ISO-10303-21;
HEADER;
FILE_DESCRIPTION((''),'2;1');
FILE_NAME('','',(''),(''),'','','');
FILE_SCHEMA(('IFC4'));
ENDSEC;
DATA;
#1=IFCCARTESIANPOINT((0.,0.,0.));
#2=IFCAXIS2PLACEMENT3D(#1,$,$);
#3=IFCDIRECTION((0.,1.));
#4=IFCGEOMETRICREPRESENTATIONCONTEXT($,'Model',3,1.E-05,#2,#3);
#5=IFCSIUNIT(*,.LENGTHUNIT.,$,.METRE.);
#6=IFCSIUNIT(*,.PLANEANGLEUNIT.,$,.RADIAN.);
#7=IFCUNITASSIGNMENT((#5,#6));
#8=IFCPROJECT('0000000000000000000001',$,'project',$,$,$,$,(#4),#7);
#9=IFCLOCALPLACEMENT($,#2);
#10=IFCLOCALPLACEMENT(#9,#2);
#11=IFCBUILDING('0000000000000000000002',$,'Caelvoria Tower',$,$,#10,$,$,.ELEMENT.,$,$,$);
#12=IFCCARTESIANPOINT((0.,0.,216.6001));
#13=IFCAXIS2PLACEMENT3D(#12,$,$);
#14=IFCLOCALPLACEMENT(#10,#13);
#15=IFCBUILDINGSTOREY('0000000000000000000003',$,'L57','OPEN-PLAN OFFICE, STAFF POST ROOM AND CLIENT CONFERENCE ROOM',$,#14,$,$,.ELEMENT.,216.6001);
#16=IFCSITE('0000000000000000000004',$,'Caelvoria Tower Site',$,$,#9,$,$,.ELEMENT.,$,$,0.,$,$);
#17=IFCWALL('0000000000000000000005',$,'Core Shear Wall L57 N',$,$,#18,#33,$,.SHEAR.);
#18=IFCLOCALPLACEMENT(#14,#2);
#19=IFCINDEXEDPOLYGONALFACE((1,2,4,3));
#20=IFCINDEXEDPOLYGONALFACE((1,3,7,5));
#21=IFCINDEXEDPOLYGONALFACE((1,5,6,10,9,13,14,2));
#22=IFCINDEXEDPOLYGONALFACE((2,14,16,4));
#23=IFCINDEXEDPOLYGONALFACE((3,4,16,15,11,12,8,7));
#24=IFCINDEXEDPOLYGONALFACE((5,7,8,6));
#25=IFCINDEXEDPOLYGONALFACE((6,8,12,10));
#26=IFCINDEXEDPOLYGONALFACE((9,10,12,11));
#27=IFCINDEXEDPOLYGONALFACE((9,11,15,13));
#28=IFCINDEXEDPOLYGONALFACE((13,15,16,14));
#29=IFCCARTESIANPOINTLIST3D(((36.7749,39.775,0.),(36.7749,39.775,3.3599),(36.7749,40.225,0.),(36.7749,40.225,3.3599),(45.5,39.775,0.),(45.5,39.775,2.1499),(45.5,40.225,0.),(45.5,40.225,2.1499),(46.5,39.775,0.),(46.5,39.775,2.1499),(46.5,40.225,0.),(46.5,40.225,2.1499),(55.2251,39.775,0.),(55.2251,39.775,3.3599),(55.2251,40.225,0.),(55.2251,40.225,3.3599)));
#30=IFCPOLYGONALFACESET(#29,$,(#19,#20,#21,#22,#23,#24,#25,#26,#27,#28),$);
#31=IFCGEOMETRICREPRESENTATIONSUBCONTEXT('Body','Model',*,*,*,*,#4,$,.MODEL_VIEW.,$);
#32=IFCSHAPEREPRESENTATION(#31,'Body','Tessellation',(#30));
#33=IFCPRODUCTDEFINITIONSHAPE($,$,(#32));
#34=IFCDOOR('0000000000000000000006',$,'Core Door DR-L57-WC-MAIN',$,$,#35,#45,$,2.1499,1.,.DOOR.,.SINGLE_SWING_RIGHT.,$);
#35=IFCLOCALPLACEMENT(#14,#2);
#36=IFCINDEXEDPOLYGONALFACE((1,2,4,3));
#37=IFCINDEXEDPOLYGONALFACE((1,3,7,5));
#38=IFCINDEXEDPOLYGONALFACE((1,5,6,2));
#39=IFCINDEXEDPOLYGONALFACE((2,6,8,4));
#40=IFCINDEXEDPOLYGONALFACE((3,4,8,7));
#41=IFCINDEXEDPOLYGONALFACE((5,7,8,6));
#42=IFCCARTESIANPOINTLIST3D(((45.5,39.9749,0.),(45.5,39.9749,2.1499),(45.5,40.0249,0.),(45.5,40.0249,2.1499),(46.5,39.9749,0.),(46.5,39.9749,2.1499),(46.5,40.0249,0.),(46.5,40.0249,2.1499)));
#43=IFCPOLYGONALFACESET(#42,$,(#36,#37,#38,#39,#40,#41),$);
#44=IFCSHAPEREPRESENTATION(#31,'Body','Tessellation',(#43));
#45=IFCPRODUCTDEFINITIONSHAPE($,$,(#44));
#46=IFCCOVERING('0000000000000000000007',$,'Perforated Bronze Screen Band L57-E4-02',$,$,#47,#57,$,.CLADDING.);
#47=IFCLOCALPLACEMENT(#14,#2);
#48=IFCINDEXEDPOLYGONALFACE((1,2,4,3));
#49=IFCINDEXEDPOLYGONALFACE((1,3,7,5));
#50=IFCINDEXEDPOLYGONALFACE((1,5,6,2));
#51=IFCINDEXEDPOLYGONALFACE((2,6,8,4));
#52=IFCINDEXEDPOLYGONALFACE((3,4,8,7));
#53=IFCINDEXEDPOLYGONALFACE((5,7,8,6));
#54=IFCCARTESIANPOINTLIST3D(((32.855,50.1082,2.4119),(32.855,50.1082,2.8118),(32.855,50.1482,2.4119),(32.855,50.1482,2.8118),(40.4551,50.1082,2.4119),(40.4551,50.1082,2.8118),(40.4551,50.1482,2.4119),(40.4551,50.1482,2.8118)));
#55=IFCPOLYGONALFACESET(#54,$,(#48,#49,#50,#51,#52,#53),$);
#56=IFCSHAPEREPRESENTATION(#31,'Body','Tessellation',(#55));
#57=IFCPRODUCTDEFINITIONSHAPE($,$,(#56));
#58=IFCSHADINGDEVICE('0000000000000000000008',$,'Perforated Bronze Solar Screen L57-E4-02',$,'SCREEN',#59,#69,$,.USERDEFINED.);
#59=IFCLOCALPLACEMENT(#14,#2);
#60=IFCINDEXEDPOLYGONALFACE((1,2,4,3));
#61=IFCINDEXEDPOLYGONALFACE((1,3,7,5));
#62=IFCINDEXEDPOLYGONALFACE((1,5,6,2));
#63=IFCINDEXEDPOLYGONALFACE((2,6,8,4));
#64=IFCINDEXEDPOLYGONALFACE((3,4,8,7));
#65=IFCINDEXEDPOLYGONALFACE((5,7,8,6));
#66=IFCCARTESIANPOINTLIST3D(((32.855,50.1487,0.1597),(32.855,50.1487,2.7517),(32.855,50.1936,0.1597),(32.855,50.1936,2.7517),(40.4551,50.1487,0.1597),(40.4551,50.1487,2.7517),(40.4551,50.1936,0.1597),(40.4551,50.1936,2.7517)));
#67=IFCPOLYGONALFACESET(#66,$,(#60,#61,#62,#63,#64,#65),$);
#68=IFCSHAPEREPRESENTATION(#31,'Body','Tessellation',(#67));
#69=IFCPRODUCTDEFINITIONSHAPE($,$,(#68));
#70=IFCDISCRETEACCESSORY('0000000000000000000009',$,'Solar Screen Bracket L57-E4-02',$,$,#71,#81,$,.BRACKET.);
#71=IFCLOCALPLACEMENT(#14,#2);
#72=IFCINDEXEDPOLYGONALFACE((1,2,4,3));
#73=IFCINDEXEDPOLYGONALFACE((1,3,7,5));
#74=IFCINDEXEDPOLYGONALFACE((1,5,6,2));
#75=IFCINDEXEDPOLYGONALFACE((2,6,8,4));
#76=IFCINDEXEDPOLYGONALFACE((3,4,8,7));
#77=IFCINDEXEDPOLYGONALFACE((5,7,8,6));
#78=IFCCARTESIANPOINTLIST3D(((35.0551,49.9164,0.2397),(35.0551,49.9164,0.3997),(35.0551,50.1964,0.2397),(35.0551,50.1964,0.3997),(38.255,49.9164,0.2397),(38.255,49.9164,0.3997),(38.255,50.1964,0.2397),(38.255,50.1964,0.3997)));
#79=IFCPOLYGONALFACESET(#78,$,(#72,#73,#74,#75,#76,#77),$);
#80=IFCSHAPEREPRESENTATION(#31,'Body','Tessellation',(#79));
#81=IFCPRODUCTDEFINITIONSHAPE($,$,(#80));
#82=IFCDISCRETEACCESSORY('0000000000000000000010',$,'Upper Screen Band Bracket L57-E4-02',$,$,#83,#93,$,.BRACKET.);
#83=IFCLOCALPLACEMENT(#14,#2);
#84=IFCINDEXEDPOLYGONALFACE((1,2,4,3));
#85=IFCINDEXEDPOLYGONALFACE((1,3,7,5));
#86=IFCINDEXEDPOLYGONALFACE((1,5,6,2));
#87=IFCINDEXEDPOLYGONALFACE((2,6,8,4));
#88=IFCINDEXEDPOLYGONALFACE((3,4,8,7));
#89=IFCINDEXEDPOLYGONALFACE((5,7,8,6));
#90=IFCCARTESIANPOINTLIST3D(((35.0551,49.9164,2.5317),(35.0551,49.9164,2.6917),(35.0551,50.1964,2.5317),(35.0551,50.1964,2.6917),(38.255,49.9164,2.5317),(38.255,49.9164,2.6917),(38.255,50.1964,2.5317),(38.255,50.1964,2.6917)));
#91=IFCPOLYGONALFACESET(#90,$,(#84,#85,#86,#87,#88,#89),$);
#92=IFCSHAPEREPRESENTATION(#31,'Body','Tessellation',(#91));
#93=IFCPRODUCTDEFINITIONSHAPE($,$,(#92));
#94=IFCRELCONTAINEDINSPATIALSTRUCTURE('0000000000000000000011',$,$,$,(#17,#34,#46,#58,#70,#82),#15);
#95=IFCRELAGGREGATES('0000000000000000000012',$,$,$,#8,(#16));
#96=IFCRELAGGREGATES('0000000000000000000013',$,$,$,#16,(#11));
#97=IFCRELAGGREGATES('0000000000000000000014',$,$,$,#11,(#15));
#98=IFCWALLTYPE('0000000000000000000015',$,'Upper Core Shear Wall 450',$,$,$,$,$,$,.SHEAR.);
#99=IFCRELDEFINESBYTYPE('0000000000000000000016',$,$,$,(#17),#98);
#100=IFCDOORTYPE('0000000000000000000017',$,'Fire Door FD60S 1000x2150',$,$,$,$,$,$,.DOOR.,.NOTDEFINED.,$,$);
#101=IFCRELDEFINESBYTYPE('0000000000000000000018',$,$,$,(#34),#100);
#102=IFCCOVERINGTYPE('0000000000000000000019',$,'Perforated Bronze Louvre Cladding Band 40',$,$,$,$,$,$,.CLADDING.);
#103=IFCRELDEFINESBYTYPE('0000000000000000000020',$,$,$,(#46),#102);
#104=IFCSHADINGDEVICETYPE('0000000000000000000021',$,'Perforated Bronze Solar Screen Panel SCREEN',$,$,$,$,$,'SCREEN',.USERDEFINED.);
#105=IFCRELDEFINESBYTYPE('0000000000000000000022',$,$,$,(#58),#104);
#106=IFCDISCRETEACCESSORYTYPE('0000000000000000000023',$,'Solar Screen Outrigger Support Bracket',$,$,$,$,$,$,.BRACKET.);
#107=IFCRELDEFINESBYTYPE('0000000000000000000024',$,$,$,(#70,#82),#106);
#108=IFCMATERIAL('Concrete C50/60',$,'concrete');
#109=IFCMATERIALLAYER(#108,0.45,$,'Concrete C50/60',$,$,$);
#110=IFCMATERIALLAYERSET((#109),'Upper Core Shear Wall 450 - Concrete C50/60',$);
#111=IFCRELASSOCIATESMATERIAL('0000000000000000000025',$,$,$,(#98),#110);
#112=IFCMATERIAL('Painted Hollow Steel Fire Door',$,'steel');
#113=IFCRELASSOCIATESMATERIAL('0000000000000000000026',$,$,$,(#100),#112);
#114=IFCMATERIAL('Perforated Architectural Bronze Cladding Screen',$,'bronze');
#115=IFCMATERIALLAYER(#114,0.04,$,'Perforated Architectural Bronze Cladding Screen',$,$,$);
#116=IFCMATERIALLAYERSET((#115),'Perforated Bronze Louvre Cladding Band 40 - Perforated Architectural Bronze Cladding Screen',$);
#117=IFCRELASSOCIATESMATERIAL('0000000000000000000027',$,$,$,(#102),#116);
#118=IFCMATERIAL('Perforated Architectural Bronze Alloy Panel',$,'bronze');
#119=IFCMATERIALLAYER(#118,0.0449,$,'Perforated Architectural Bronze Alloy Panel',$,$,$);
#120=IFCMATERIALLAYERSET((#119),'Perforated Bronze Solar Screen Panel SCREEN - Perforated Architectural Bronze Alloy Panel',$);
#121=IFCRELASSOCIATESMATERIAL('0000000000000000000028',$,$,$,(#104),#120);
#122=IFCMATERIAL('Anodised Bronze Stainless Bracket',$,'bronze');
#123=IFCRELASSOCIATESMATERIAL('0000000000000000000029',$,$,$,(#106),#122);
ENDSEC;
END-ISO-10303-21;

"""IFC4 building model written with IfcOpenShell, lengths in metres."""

from ifc_helpers import new_model, si_unit, direction, frame, frame_2d, origin, origin_2d, place, context, subcontext, project, spatial, rectangle, extrude, material, layer, layer_set, type_object, element, fill, save


model = new_model("IFC4")

# Units and contexts
model_context = context("Model", 3, precision=1e-05, world=origin(), true_north=direction((0.0, 1.0)))
body_context = subcontext(model_context, "Body", "Model", "MODEL_VIEW")
ifc_project = project(units=[si_unit("LENGTHUNIT", "METRE"), si_unit("PLANEANGLEUNIT", "RADIAN")], contexts=[model_context])

# Site, building, storey
site_placement = place(None, origin())
site = spatial("IfcSite", under=ifc_project, at=site_placement, Name="Caelvoria Tower Site", CompositionType="ELEMENT", RefElevation=0.0)
building_placement = place(site_placement, origin())
building = spatial("IfcBuilding", under=site, at=building_placement, Name="Caelvoria Tower", CompositionType="ELEMENT")
storey_placement = place(building_placement, frame((0.0, 0.0, 216.6001)))
storey = spatial("IfcBuildingStorey", under=building, at=storey_placement, Name="L57", Description="OPEN-PLAN OFFICE, STAFF POST ROOM AND CLIENT CONFERENCE ROOM", CompositionType="ELEMENT", Elevation=216.6001)

# Wall, opening, door
ifc_material_1 = material(Name="Concrete C50/60", Category="concrete")
ifc_layer_1 = layer(ifc_material_1, 0.45, Name="Concrete C50/60")
ifc_layer_set_1 = layer_set([ifc_layer_1], Name="Upper Core Shear Wall 450 - Concrete C50/60")
wall_type_1 = type_object("IfcWallType", Name="Upper Core Shear Wall 450", PredefinedType="SHEAR", material=ifc_layer_set_1)
wall_1_placement = place(storey_placement, frame((36.7749, 40.0, 0.0), z_axis=(0.0, 0.0, 1.0), x_axis=(1.0, 0.0, 0.0)))
wall_1 = element("IfcWall", 1, at=wall_1_placement, inside=storey, type_object=wall_type_1, Name="Core Shear Wall L57 N", PredefinedType="SHEAR", context=body_context, shape_type="SweptSolid", body=[
    extrude(rectangle(XDim=18.4502, YDim=0.45, at=frame_2d((9.2251, 0.0))), origin(), (0.0, 0.0, 1.0), 3.3599),
])
opening_1_placement = place(wall_1_placement, frame((8.7251, 0.0, 0.0)))
opening_1 = element("IfcOpeningElement", 2, at=opening_1_placement, cuts=wall_1, PredefinedType="OPENING", context=body_context, shape_type="SweptSolid", body=[
    extrude(rectangle(XDim=1.0, YDim=2.1499, at=frame_2d((0.5, 1.075))), frame((0.0, 0.2349, 0.0), z_axis=(0.0, -1.0, 0.0), x_axis=(1.0, 0.0, 0.0)), (0.0, 0.0, 1.0), 0.47),
])
ifc_material_2 = material(Name="Painted Hollow Steel Fire Door", Category="steel")
door_type_1 = type_object("IfcDoorType", Name="Fire Door FD60S 1000x2150", OperationType="NOTDEFINED", PredefinedType="DOOR", material=ifc_material_2)
door_1_placement = place(opening_1_placement, origin())
door_1 = element("IfcDoor", 3, at=door_1_placement, inside=storey, type_object=door_type_1, Name="Core Door DR-L57-WC-MAIN", OperationType="SINGLE_SWING_RIGHT", OverallHeight=2.1499, OverallWidth=1.0, PredefinedType="DOOR", context=body_context, shape_type="SweptSolid", body=[
    extrude(rectangle(XDim=1.0, YDim=2.1499, at=frame_2d((0.5, 1.075))), frame((0.0, 0.0249, 0.0), z_axis=(0.0, -1.0, 0.0), x_axis=(1.0, 0.0, 0.0)), (0.0, 0.0, 1.0), 0.05),
])
fill(opening_1, door_1)

# Covering
ifc_material_3 = material(Name="Perforated Architectural Bronze Cladding Screen", Category="bronze")
ifc_layer_2 = layer(ifc_material_3, 0.04, Name="Perforated Architectural Bronze Cladding Screen")
ifc_layer_set_2 = layer_set([ifc_layer_2], Name="Perforated Bronze Louvre Cladding Band 40 - Perforated Architectural Bronze Cladding Screen")
covering_type = type_object("IfcCoveringType", Name="Perforated Bronze Louvre Cladding Band 40", PredefinedType="CLADDING", material=ifc_layer_set_2)
covering_placement = place(storey_placement, frame((36.655, 50.1282, 2.4119), z_axis=(0.0, 0.0, 1.0), x_axis=(-1.0, 0.0, 0.0)))
element("IfcCovering", 4, at=covering_placement, inside=storey, type_object=covering_type, Name="Perforated Bronze Screen Band L57-E4-02", PredefinedType="CLADDING", context=body_context, shape_type="SweptSolid", body=[
    extrude(rectangle(XDim=7.6001, YDim=0.04, at=origin_2d()), origin(), (0.0, 0.0, 1.0), 0.3999),
])

# Shading device
ifc_material_4 = material(Name="Perforated Architectural Bronze Alloy Panel", Category="bronze")
ifc_layer_3 = layer(ifc_material_4, 0.0449, Name="Perforated Architectural Bronze Alloy Panel")
ifc_layer_set_3 = layer_set([ifc_layer_3], Name="Perforated Bronze Solar Screen Panel SCREEN - Perforated Architectural Bronze Alloy Panel")
shading_device_type = type_object("IfcShadingDeviceType", Name="Perforated Bronze Solar Screen Panel SCREEN", ElementType="SCREEN", PredefinedType="USERDEFINED", material=ifc_layer_set_3)
shading_device_placement = place(storey_placement, frame((36.655, 50.1711, 0.1597), z_axis=(0.0, 0.0, 1.0), x_axis=(-1.0, 0.0, 0.0)))
element("IfcShadingDevice", 5, at=shading_device_placement, inside=storey, type_object=shading_device_type, Name="Perforated Bronze Solar Screen L57-E4-02", ObjectType="SCREEN", PredefinedType="USERDEFINED", context=body_context, shape_type="SweptSolid", body=[
    extrude(rectangle(XDim=7.6001, YDim=0.0449, at=origin_2d()), origin(), (0.0, 0.0, 1.0), 2.592),
])

# Discrete accessories
ifc_material_5 = material(Name="Anodised Bronze Stainless Bracket", Category="bronze")
discrete_accessory_type = type_object("IfcDiscreteAccessoryType", Name="Solar Screen Outrigger Support Bracket", PredefinedType="BRACKET", material=ifc_material_5)
for number, where, z_axis, x_axis, name in (
    (6, (36.655, 50.0564, 0.2397), (0.0, 0.0, 1.0), (-1.0, 0.0, 0.0), "Solar Screen Bracket L57-E4-02"),
    (7, (36.655, 50.0564, 2.5317), (0.0, 0.0, 1.0), (-1.0, 0.0, 0.0), "Upper Screen Band Bracket L57-E4-02"),
):
    element("IfcDiscreteAccessory", number, at=place(storey_placement, frame(where, z_axis=z_axis, x_axis=x_axis)), inside=storey, type_object=discrete_accessory_type, Name=name, PredefinedType="BRACKET", context=body_context, shape_type="SweptSolid", body=[
        extrude(rectangle(XDim=3.2, YDim=0.28, at=origin_2d()), origin(), (0.0, 0.0, 1.0), 0.1599),
    ])

save(model, "model.ifc")
